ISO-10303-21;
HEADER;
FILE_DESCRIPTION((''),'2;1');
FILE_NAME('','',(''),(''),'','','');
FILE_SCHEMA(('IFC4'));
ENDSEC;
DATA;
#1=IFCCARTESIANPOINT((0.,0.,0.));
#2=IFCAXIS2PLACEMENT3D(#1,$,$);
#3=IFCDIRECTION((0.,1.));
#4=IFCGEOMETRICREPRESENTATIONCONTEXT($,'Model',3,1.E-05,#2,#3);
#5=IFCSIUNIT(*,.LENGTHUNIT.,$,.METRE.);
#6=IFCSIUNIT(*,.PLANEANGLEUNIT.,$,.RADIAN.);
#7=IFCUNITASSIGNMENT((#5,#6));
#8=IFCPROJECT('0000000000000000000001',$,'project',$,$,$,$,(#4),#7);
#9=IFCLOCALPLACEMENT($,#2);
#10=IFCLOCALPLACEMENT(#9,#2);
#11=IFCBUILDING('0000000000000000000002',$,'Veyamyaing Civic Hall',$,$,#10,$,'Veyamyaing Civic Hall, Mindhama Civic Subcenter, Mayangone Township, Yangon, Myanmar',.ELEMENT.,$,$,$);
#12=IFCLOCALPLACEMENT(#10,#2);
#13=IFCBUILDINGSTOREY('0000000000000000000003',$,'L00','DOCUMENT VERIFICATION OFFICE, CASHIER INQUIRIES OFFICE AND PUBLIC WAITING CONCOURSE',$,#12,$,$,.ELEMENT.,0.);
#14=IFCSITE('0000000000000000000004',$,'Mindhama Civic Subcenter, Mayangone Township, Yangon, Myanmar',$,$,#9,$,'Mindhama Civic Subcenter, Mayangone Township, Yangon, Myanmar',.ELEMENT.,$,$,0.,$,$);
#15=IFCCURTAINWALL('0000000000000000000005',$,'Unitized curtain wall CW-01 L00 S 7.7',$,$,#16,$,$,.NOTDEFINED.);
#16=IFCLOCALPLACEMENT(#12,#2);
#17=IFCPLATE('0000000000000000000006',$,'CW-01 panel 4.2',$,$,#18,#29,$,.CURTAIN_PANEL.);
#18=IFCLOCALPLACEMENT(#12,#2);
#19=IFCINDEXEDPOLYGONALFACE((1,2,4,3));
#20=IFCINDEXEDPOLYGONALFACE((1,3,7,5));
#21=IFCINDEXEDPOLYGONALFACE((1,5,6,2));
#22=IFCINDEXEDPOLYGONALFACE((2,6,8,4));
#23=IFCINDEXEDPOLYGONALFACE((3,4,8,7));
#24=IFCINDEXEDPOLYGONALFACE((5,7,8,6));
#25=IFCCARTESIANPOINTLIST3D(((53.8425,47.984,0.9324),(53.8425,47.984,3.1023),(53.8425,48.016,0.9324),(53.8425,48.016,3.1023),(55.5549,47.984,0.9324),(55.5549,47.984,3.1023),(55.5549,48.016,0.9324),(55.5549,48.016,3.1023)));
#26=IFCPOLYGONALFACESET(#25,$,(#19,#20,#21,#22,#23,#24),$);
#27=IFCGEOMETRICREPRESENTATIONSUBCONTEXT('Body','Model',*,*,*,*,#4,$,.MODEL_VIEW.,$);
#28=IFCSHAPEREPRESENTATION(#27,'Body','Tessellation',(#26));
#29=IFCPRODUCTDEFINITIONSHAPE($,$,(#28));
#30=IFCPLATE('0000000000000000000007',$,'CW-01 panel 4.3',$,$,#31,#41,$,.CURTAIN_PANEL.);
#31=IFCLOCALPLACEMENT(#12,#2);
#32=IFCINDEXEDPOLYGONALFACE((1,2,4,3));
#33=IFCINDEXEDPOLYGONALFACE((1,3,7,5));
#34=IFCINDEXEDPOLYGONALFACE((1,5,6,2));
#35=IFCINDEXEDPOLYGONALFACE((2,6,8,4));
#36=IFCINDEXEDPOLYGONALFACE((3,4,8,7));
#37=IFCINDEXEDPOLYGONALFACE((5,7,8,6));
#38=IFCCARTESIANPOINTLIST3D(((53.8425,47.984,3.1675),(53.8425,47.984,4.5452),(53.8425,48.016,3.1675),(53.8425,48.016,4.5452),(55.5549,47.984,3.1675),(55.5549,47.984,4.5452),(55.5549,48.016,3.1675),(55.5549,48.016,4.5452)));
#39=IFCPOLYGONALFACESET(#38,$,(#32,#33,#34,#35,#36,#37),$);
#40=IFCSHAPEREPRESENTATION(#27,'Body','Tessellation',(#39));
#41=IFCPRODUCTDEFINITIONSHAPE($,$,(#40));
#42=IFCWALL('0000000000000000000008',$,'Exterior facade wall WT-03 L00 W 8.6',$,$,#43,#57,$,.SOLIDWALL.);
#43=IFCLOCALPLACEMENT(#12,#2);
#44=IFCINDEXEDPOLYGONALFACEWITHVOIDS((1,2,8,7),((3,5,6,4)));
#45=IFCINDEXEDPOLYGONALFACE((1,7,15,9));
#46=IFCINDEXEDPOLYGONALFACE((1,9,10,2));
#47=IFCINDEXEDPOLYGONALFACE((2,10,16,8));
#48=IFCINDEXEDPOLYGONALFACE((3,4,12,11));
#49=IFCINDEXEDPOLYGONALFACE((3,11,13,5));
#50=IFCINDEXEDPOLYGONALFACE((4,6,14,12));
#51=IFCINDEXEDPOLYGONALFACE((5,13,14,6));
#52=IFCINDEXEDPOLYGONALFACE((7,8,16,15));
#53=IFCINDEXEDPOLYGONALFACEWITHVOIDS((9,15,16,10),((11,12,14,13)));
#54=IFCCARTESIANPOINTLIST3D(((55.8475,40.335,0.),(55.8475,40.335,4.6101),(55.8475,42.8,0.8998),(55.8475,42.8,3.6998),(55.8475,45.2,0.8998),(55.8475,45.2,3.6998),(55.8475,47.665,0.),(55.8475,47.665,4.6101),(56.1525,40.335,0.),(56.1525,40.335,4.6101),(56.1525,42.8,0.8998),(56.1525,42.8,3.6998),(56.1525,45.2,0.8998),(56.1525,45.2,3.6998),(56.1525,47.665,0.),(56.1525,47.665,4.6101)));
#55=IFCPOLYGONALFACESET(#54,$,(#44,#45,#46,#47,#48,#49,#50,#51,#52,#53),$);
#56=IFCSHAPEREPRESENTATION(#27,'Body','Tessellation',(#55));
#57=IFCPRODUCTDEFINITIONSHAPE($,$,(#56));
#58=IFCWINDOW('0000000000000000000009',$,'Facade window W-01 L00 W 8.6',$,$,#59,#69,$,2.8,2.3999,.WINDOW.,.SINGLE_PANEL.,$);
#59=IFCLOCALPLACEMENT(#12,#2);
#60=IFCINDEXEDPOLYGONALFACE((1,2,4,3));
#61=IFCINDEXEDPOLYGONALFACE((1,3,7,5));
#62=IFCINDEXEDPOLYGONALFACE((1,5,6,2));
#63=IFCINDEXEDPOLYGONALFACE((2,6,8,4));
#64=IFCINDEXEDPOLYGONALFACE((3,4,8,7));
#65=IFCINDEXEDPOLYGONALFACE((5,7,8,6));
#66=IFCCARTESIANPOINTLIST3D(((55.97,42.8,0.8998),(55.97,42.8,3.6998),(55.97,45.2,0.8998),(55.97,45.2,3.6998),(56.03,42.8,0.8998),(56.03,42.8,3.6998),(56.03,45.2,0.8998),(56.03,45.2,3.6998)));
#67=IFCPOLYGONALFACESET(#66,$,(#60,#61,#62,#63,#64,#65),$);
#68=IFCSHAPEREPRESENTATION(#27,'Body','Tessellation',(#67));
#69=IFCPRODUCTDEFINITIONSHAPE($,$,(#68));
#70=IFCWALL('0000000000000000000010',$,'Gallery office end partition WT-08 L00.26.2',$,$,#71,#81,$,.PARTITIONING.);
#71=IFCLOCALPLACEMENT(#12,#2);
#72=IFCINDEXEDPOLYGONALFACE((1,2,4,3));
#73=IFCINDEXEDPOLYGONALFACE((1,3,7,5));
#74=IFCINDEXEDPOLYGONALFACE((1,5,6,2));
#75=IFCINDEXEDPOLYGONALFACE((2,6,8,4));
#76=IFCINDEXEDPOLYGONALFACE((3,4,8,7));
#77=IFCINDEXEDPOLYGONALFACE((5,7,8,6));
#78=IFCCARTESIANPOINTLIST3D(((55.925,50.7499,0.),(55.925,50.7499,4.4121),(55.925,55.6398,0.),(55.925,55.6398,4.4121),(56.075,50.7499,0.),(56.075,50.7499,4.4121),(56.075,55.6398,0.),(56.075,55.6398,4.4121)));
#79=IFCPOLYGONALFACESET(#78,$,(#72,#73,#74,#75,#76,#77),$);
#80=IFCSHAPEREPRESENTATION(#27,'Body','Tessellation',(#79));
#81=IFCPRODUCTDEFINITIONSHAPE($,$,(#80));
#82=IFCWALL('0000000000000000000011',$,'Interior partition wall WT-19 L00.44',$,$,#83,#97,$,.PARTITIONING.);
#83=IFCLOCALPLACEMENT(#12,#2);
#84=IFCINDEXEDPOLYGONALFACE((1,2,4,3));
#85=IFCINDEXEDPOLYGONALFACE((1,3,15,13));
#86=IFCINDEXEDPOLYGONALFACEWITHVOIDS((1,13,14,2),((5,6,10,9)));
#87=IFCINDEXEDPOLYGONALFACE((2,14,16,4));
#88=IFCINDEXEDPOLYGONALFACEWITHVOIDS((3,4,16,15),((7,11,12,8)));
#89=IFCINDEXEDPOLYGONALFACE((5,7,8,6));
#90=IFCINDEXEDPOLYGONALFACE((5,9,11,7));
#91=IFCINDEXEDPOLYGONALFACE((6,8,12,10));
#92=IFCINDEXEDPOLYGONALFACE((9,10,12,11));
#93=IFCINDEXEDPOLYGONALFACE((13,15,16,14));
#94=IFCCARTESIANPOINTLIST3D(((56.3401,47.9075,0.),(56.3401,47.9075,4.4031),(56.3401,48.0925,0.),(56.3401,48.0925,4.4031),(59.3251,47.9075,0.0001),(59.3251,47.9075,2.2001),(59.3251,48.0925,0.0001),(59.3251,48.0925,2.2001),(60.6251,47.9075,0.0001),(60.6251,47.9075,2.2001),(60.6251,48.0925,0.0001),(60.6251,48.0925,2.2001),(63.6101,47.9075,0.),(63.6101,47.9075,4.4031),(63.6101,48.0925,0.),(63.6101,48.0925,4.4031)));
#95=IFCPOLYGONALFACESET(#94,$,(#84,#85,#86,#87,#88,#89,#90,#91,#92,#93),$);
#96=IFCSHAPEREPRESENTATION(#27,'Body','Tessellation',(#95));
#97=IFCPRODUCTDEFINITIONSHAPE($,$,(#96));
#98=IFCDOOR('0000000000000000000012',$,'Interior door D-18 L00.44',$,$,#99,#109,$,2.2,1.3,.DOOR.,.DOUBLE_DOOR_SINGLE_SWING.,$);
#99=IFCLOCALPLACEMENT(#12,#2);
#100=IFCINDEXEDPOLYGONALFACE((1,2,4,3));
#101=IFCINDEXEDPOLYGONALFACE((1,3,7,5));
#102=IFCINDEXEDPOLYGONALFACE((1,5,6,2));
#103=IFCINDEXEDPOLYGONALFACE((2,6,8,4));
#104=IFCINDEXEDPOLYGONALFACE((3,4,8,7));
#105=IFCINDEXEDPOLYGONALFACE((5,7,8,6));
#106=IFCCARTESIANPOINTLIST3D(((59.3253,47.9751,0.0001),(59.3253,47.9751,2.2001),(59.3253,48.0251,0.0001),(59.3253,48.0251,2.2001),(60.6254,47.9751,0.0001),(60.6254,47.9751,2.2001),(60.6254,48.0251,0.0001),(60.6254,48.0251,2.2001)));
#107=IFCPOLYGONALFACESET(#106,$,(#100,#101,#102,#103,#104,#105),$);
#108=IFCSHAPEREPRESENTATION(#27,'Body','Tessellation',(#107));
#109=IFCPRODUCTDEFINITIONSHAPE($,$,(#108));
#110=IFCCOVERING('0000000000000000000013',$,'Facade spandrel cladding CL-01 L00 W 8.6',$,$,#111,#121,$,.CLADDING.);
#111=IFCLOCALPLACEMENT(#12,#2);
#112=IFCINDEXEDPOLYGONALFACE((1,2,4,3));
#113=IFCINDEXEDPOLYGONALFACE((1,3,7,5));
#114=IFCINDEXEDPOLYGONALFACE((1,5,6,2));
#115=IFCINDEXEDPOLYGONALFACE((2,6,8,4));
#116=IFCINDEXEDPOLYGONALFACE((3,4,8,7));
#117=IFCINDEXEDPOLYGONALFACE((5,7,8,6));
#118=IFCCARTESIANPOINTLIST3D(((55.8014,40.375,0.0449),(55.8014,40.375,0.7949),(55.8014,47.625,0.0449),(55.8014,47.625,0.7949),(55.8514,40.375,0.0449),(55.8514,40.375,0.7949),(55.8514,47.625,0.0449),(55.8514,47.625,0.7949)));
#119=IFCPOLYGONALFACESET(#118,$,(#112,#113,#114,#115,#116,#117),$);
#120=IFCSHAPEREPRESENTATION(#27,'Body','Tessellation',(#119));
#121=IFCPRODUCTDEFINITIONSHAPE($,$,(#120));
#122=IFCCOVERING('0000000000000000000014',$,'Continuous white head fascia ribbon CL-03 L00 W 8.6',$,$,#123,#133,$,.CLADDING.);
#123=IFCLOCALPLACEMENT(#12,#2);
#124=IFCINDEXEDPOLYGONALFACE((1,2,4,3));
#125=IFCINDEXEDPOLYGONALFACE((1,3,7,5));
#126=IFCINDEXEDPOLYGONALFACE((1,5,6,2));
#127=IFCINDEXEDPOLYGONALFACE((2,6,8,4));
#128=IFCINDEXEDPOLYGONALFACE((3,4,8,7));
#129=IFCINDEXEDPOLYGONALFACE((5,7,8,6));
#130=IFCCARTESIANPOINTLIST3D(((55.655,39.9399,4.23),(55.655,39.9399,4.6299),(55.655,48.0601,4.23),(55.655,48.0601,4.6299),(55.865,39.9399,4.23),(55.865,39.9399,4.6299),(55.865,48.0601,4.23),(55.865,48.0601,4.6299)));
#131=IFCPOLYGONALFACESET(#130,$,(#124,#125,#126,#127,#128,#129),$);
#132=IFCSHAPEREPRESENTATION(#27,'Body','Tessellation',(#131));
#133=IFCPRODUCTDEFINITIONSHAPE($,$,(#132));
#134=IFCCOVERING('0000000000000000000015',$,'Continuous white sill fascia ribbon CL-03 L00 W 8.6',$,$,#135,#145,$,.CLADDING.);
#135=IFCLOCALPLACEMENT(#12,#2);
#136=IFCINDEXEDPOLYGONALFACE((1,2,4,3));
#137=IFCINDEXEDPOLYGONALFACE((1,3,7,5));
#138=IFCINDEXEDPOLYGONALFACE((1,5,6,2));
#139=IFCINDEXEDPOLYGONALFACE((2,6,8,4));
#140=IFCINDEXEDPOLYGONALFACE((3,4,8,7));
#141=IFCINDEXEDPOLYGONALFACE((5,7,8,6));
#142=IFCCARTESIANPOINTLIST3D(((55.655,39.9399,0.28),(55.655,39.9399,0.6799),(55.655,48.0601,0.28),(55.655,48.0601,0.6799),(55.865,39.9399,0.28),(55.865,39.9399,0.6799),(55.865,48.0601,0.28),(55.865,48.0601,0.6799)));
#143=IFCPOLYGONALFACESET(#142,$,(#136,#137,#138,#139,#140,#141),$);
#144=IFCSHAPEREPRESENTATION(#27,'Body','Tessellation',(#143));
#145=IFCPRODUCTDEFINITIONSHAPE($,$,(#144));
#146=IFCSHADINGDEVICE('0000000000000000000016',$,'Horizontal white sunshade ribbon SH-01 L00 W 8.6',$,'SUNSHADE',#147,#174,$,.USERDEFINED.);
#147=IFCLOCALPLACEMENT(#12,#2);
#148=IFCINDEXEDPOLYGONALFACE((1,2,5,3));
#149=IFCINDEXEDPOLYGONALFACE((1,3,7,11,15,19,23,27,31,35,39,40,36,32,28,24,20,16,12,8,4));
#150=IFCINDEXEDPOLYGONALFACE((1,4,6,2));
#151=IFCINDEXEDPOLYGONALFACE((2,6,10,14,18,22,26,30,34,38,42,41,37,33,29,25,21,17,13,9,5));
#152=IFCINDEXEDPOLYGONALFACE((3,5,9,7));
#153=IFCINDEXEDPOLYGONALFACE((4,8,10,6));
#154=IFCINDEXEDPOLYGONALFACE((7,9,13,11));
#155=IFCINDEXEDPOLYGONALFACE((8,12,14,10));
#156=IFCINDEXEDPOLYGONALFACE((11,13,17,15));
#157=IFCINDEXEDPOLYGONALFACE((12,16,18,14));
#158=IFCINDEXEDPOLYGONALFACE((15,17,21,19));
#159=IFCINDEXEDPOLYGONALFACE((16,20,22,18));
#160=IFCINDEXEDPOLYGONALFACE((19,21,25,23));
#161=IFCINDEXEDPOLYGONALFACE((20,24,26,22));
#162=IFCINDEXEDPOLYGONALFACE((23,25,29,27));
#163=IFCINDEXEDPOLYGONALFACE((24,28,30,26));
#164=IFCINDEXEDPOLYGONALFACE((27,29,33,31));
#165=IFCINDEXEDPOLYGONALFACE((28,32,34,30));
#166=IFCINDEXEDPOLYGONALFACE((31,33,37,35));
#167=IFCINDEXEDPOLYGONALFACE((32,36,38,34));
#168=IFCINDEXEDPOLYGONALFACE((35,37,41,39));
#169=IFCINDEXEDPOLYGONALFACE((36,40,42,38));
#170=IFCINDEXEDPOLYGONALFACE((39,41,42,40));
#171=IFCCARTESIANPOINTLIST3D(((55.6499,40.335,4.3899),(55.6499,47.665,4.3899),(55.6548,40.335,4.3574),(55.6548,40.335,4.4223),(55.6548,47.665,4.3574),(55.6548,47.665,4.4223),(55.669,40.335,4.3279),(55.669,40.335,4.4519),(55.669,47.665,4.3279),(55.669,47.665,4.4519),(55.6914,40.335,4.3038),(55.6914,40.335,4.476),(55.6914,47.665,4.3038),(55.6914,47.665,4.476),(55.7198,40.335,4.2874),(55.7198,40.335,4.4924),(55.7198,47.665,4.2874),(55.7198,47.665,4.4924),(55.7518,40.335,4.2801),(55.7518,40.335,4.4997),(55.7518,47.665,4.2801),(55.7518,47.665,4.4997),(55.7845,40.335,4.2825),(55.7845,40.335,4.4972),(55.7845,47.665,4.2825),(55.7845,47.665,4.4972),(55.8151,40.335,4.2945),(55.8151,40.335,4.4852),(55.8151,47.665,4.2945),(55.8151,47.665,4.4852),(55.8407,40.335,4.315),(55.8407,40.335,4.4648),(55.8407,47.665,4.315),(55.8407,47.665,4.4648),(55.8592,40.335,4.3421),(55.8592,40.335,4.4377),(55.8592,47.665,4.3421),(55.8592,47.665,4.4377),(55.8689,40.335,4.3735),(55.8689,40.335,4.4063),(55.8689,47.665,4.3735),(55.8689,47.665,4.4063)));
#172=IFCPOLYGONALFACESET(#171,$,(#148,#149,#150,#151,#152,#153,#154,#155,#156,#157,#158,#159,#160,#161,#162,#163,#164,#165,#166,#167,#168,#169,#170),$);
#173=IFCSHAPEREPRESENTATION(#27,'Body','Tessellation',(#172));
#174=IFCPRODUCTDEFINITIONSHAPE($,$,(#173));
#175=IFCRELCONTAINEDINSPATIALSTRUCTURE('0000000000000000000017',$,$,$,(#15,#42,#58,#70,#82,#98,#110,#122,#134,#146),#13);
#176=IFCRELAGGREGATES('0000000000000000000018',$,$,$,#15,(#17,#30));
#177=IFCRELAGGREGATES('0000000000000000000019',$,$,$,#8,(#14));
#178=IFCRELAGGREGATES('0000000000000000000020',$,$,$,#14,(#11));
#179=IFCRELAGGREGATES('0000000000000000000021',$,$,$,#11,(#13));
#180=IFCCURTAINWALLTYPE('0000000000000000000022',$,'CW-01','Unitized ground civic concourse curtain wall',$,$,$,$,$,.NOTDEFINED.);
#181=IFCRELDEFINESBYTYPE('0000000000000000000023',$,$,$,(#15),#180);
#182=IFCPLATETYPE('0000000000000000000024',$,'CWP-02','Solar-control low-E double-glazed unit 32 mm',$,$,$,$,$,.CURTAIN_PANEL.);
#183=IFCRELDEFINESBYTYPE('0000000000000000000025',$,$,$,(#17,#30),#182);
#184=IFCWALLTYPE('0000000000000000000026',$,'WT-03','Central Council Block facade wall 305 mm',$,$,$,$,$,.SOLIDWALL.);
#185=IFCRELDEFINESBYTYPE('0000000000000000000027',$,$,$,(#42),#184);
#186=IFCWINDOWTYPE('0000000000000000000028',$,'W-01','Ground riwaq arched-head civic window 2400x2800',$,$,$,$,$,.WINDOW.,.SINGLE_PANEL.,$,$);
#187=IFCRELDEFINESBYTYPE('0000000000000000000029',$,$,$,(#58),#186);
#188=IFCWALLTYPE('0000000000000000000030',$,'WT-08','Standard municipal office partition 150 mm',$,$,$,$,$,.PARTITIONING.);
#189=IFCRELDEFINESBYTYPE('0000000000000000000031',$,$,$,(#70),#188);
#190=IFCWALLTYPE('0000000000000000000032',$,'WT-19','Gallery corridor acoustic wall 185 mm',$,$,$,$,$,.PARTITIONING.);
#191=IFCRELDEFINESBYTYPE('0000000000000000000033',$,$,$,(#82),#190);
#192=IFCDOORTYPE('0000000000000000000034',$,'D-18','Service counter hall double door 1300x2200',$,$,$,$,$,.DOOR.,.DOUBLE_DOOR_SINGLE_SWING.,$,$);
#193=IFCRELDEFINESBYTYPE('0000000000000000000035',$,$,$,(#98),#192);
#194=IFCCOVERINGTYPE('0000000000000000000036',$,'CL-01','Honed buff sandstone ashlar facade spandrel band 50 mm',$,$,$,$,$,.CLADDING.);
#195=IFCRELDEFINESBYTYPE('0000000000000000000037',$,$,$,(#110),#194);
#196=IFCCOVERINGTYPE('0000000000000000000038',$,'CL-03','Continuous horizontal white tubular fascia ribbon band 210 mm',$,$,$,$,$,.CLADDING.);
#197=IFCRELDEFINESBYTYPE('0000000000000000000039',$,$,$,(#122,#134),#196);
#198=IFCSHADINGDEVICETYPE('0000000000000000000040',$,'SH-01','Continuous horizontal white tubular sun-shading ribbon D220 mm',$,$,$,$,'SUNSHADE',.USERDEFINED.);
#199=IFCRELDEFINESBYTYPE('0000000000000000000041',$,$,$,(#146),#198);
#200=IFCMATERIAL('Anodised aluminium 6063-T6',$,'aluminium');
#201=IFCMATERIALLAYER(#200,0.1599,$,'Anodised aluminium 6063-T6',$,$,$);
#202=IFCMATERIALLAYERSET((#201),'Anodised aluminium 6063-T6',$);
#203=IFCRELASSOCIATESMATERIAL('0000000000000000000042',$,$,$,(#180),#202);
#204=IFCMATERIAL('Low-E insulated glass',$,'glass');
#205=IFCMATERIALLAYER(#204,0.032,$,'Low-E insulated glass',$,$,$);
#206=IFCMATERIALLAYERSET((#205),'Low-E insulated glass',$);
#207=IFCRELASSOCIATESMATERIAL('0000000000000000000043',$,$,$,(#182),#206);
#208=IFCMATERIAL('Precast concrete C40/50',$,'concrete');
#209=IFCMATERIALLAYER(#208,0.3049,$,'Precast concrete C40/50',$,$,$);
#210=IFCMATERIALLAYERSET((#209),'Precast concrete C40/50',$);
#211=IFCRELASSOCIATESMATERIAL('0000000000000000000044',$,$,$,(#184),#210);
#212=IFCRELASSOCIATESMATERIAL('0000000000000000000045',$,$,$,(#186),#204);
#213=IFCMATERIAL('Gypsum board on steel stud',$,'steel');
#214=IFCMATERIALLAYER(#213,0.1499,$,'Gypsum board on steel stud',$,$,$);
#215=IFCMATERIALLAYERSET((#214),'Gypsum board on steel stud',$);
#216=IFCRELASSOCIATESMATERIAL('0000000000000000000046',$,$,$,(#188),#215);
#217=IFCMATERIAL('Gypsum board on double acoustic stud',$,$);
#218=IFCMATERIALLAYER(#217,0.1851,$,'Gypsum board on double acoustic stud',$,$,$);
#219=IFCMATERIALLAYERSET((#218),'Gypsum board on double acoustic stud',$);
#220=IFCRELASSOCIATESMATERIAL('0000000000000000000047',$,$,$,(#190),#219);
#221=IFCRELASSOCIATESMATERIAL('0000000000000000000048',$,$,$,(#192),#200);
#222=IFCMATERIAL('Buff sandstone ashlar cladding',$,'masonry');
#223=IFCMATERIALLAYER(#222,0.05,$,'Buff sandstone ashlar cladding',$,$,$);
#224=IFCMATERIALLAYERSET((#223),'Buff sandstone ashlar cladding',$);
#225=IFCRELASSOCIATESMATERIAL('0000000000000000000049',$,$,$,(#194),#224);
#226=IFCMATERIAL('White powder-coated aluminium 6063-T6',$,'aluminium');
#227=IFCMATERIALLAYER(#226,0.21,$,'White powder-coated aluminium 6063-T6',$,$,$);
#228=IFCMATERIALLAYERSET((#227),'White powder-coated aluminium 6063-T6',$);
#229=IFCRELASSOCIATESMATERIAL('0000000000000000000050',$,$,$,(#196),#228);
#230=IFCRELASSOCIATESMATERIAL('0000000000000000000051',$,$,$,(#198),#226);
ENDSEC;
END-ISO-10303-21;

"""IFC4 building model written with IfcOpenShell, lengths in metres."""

from ifc_helpers import new_model, si_unit, direction, frame, frame_2d, origin, origin_2d, place, context, subcontext, project, spatial, rectangle, circle, extrude, material, layer, layer_set, material_profile, profile_set, type_object, element, fill, aggregate, save


model = new_model("IFC4")

# Units and contexts
model_context = context("Model", 3, precision=1e-05, world=origin(), true_north=direction((0.0, 1.0)))
body_context = subcontext(model_context, "Body", "Model", "MODEL_VIEW")
ifc_project = project(units=[si_unit("LENGTHUNIT", "METRE"), si_unit("PLANEANGLEUNIT", "RADIAN")], contexts=[model_context])

# Site, building, storey
site_placement = place(None, origin())
site = spatial("IfcSite", under=ifc_project, at=site_placement, Name="Mindhama Civic Subcenter, Mayangone Township, Yangon, Myanmar", LongName="Mindhama Civic Subcenter, Mayangone Township, Yangon, Myanmar", CompositionType="ELEMENT", RefElevation=0.0)
building_placement = place(site_placement, origin())
building = spatial("IfcBuilding", under=site, at=building_placement, Name="Veyamyaing Civic Hall", LongName="Veyamyaing Civic Hall, Mindhama Civic Subcenter, Mayangone Township, Yangon, Myanmar", CompositionType="ELEMENT")
storey_placement = place(building_placement, origin())
storey = spatial("IfcBuildingStorey", under=building, at=storey_placement, Name="L00", Description="DOCUMENT VERIFICATION OFFICE, CASHIER INQUIRIES OFFICE AND PUBLIC WAITING CONCOURSE", CompositionType="ELEMENT", Elevation=0.0)

# Curtain wall
ifc_material_1 = material(Name="Anodised aluminium 6063-T6", Category="aluminium")
ifc_layer_1 = layer(ifc_material_1, 0.1599, Name="Anodised aluminium 6063-T6")
ifc_layer_set_1 = layer_set([ifc_layer_1], Name="Anodised aluminium 6063-T6")
curtain_wall_type_1 = type_object("IfcCurtainWallType", Name="CW-01", Description="Unitized ground civic concourse curtain wall", PredefinedType="NOTDEFINED", material=ifc_layer_set_1)
curtain_wall_1_placement = place(storey_placement, origin())
curtain_wall_1 = element("IfcCurtainWall", 1, at=curtain_wall_1_placement, inside=storey, type_object=curtain_wall_type_1, Name="Unitized curtain wall CW-01 L00 S 7.7", PredefinedType="NOTDEFINED")

# Plates
ifc_material_2 = material(Name="Low-E insulated glass", Category="glass")
ifc_layer_2 = layer(ifc_material_2, 0.032, Name="Low-E insulated glass")
ifc_layer_set_2 = layer_set([ifc_layer_2], Name="Low-E insulated glass")
plate_type = type_object("IfcPlateType", Name="CWP-02", Description="Solar-control low-E double-glazed unit 32 mm", PredefinedType="CURTAIN_PANEL", material=ifc_layer_set_2)
plate_1_placement = place(storey_placement, frame((54.6987, 48.0, 0.9324), z_axis=(0.0, 0.0, 1.0), x_axis=(1.0, 0.0, 0.0)))
plate_1 = element("IfcPlate", 2, at=plate_1_placement, type_object=plate_type, Name="CW-01 panel 4.2", PredefinedType="CURTAIN_PANEL", context=body_context, shape_type="SweptSolid", body=[
    extrude(rectangle(XDim=1.7124, YDim=0.032, at=origin_2d()), origin(), (0.0, 0.0, 1.0), 2.1699),
])
plate_2_placement = place(storey_placement, frame((54.6987, 48.0, 3.1675), z_axis=(0.0, 0.0, 1.0), x_axis=(1.0, 0.0, 0.0)))
plate_2 = element("IfcPlate", 3, at=plate_2_placement, type_object=plate_type, Name="CW-01 panel 4.3", PredefinedType="CURTAIN_PANEL", context=body_context, shape_type="SweptSolid", body=[
    extrude(rectangle(XDim=1.7124, YDim=0.032, at=origin_2d()), origin(), (0.0, 0.0, 1.0), 1.3777),
])
aggregate(curtain_wall_1, [plate_1, plate_2])

# Wall, opening, window
ifc_material_3 = material(Name="Precast concrete C40/50", Category="concrete")
ifc_layer_3 = layer(ifc_material_3, 0.3049, Name="Precast concrete C40/50")
ifc_layer_set_3 = layer_set([ifc_layer_3], Name="Precast concrete C40/50")
wall_type_1 = type_object("IfcWallType", Name="WT-03", Description="Central Council Block facade wall 305 mm", PredefinedType="SOLIDWALL", material=ifc_layer_set_3)
wall_1_placement = place(storey_placement, frame((56.0, 40.335, 0.0), z_axis=(0.0, 0.0, 1.0), x_axis=(0.0, 1.0, 0.0)))
wall_1 = element("IfcWall", 4, at=wall_1_placement, inside=storey, type_object=wall_type_1, Name="Exterior facade wall WT-03 L00 W 8.6", PredefinedType="SOLIDWALL", context=body_context, shape_type="SweptSolid", body=[
    extrude(rectangle(XDim=7.3301, YDim=0.3049, at=frame_2d((3.665, 0.0))), origin(), (0.0, 0.0, 1.0), 4.6101),
])
opening_1_placement = place(wall_1_placement, frame((2.4651, 0.0, 0.8999)))
opening_1 = element("IfcOpeningElement", 5, at=opening_1_placement, cuts=wall_1, PredefinedType="OPENING", context=body_context, shape_type="SweptSolid", body=[
    extrude(rectangle(XDim=2.3999, YDim=2.8, at=frame_2d((1.2, 1.3999))), frame((0.0, 0.1624, 0.0), z_axis=(0.0, -1.0, 0.0), x_axis=(1.0, 0.0, 0.0)), (0.0, 0.0, 1.0), 0.325),
])
window_type = type_object("IfcWindowType", Name="W-01", Description="Ground riwaq arched-head civic window 2400x2800", PartitioningType="SINGLE_PANEL", PredefinedType="WINDOW", material=ifc_material_2)
window_placement = place(opening_1_placement, origin())
window = element("IfcWindow", 6, at=window_placement, inside=storey, type_object=window_type, Name="Facade window W-01 L00 W 8.6", OverallHeight=2.8, OverallWidth=2.3999, PartitioningType="SINGLE_PANEL", PredefinedType="WINDOW", context=body_context, shape_type="SweptSolid", body=[
    extrude(rectangle(XDim=2.3999, YDim=2.8, at=frame_2d((1.2, 1.3999))), frame((0.0, 0.03, 0.0), z_axis=(0.0, -1.0, 0.0), x_axis=(1.0, 0.0, 0.0)), (0.0, 0.0, 1.0), 0.0601),
])
fill(opening_1, window)

# Wall
ifc_material_4 = material(Name="Gypsum board on steel stud", Category="steel")
ifc_layer_4 = layer(ifc_material_4, 0.1499, Name="Gypsum board on steel stud")
ifc_layer_set_4 = layer_set([ifc_layer_4], Name="Gypsum board on steel stud")
wall_type_2 = type_object("IfcWallType", Name="WT-08", Description="Standard municipal office partition 150 mm", PredefinedType="PARTITIONING", material=ifc_layer_set_4)
wall_2_placement = place(storey_placement, frame((56.0, 50.75, 0.0), z_axis=(0.0, 0.0, 1.0), x_axis=(0.0, 1.0, 0.0)))
element("IfcWall", 7, at=wall_2_placement, inside=storey, type_object=wall_type_2, Name="Gallery office end partition WT-08 L00.26.2", PredefinedType="PARTITIONING", context=body_context, shape_type="SweptSolid", body=[
    extrude(rectangle(XDim=4.8899, YDim=0.1499, at=frame_2d((2.4448, 0.0))), origin(), (0.0, 0.0, 1.0), 4.4121),
])

# Wall, opening, door
ifc_material_5 = material(Name="Gypsum board on double acoustic stud")
ifc_layer_5 = layer(ifc_material_5, 0.1851, Name="Gypsum board on double acoustic stud")
ifc_layer_set_5 = layer_set([ifc_layer_5], Name="Gypsum board on double acoustic stud")
wall_type_3 = type_object("IfcWallType", Name="WT-19", Description="Gallery corridor acoustic wall 185 mm", PredefinedType="PARTITIONING", material=ifc_layer_set_5)
wall_3_placement = place(storey_placement, frame((56.3401, 48.0, 0.0), z_axis=(0.0, 0.0, 1.0), x_axis=(1.0, 0.0, 0.0)))
wall_3 = element("IfcWall", 8, at=wall_3_placement, inside=storey, type_object=wall_type_3, Name="Interior partition wall WT-19 L00.44", PredefinedType="PARTITIONING", context=body_context, shape_type="SweptSolid", body=[
    extrude(rectangle(XDim=7.27, YDim=0.1851, at=frame_2d((3.635, 0.0))), origin(), (0.0, 0.0, 1.0), 4.4031),
])
opening_2_placement = place(wall_3_placement, frame((2.9851, 0.0, 0.0)))
opening_2 = element("IfcOpeningElement", 9, at=opening_2_placement, cuts=wall_3, PredefinedType="OPENING", context=body_context, shape_type="SweptSolid", body=[
    extrude(rectangle(XDim=1.3, YDim=2.2, at=frame_2d((0.6499, 1.1001))), frame((0.0, 0.1025, 0.0), z_axis=(0.0, -1.0, 0.0), x_axis=(1.0, 0.0, 0.0)), (0.0, 0.0, 1.0), 0.2051),
])
door_type = type_object("IfcDoorType", Name="D-18", Description="Service counter hall double door 1300x2200", OperationType="DOUBLE_DOOR_SINGLE_SWING", PredefinedType="DOOR", material=ifc_material_1)
door_placement = place(opening_2_placement, frame((1.3, 0.0, 0.0), z_axis=(0.0, 0.0, 1.0), x_axis=(-1.0, 0.0, 0.0)))
door = element("IfcDoor", 10, at=door_placement, inside=storey, type_object=door_type, Name="Interior door D-18 L00.44", OperationType="DOUBLE_DOOR_SINGLE_SWING", OverallHeight=2.2, OverallWidth=1.3, PredefinedType="DOOR", context=body_context, shape_type="SweptSolid", body=[
    extrude(rectangle(XDim=1.3, YDim=2.2, at=frame_2d((0.6499, 1.1001))), frame((0.0, 0.0249, 0.0), z_axis=(0.0, -1.0, 0.0), x_axis=(1.0, 0.0, 0.0)), (0.0, 0.0, 1.0), 0.05),
])
fill(opening_2, door)

# Coverings
ifc_material_6 = material(Name="Buff sandstone ashlar cladding", Category="masonry")
ifc_layer_6 = layer(ifc_material_6, 0.05, Name="Buff sandstone ashlar cladding")
ifc_layer_set_6 = layer_set([ifc_layer_6], Name="Buff sandstone ashlar cladding")
covering_type_1 = type_object("IfcCoveringType", Name="CL-01", Description="Honed buff sandstone ashlar facade spandrel band 50 mm", PredefinedType="CLADDING", material=ifc_layer_set_6)
covering_placement = place(storey_placement, frame((55.8264, 44.0, 0.0449), z_axis=(0.0, 0.0, 1.0), x_axis=(0.0, 1.0, 0.0)))
element("IfcCovering", 11, at=covering_placement, inside=storey, type_object=covering_type_1, Name="Facade spandrel cladding CL-01 L00 W 8.6", PredefinedType="CLADDING", context=body_context, shape_type="SweptSolid", body=[
    extrude(rectangle(XDim=7.25, YDim=0.05, at=origin_2d()), origin(), (0.0, 0.0, 1.0), 0.75),
])
ifc_material_7 = material(Name="White powder-coated aluminium 6063-T6", Category="aluminium")
ifc_layer_7 = layer(ifc_material_7, 0.21, Name="White powder-coated aluminium 6063-T6")
ifc_layer_set_7 = layer_set([ifc_layer_7], Name="White powder-coated aluminium 6063-T6")
covering_type_2 = type_object("IfcCoveringType", Name="CL-03", Description="Continuous horizontal white tubular fascia ribbon band 210 mm", PredefinedType="CLADDING", material=ifc_layer_set_7)
for number, where, z_axis, x_axis, name in (
    (12, (55.76, 44.0, 4.23), (0.0, 0.0, 1.0), (0.0, 1.0, 0.0), "Continuous white head fascia ribbon CL-03 L00 W 8.6"),
    (13, (55.76, 44.0, 0.28), (0.0, 0.0, 1.0), (0.0, 1.0, 0.0), "Continuous white sill fascia ribbon CL-03 L00 W 8.6"),
):
    element("IfcCovering", number, at=place(storey_placement, frame(where, z_axis=z_axis, x_axis=x_axis)), inside=storey, type_object=covering_type_2, Name=name, PredefinedType="CLADDING", context=body_context, shape_type="SweptSolid", body=[
        extrude(rectangle(XDim=8.1201, YDim=0.21, at=origin_2d()), origin(), (0.0, 0.0, 1.0), 0.3999),
    ])

# Shading device
ifc_material_profile_1 = material_profile(ifc_material_7, circle(Radius=0.1101, at=origin_2d()), Name="SHADE-TUBE-220")
ifc_profile_set_1 = profile_set([ifc_material_profile_1], Name="White powder-coated aluminium 6063-T6")
shading_device_type = type_object("IfcShadingDeviceType", Name="SH-01", Description="Continuous horizontal white tubular sun-shading ribbon D220 mm", ElementType="SUNSHADE", PredefinedType="USERDEFINED", material=ifc_profile_set_1)
shading_device_placement = place(storey_placement, frame((55.76, 40.335, 4.3899), z_axis=(0.0, 1.0, 0.0), x_axis=(-1.0, 0.0, 0.0)))
element("IfcShadingDevice", 14, at=shading_device_placement, inside=storey, type_object=shading_device_type, Name="Horizontal white sunshade ribbon SH-01 L00 W 8.6", ObjectType="SUNSHADE", PredefinedType="USERDEFINED", context=body_context, shape_type="SweptSolid", body=[
    extrude(circle(Radius=0.1101, at=origin_2d()), origin(), (0.0, 0.0, 1.0), 7.3301),
])

save(model, "model.ifc")
